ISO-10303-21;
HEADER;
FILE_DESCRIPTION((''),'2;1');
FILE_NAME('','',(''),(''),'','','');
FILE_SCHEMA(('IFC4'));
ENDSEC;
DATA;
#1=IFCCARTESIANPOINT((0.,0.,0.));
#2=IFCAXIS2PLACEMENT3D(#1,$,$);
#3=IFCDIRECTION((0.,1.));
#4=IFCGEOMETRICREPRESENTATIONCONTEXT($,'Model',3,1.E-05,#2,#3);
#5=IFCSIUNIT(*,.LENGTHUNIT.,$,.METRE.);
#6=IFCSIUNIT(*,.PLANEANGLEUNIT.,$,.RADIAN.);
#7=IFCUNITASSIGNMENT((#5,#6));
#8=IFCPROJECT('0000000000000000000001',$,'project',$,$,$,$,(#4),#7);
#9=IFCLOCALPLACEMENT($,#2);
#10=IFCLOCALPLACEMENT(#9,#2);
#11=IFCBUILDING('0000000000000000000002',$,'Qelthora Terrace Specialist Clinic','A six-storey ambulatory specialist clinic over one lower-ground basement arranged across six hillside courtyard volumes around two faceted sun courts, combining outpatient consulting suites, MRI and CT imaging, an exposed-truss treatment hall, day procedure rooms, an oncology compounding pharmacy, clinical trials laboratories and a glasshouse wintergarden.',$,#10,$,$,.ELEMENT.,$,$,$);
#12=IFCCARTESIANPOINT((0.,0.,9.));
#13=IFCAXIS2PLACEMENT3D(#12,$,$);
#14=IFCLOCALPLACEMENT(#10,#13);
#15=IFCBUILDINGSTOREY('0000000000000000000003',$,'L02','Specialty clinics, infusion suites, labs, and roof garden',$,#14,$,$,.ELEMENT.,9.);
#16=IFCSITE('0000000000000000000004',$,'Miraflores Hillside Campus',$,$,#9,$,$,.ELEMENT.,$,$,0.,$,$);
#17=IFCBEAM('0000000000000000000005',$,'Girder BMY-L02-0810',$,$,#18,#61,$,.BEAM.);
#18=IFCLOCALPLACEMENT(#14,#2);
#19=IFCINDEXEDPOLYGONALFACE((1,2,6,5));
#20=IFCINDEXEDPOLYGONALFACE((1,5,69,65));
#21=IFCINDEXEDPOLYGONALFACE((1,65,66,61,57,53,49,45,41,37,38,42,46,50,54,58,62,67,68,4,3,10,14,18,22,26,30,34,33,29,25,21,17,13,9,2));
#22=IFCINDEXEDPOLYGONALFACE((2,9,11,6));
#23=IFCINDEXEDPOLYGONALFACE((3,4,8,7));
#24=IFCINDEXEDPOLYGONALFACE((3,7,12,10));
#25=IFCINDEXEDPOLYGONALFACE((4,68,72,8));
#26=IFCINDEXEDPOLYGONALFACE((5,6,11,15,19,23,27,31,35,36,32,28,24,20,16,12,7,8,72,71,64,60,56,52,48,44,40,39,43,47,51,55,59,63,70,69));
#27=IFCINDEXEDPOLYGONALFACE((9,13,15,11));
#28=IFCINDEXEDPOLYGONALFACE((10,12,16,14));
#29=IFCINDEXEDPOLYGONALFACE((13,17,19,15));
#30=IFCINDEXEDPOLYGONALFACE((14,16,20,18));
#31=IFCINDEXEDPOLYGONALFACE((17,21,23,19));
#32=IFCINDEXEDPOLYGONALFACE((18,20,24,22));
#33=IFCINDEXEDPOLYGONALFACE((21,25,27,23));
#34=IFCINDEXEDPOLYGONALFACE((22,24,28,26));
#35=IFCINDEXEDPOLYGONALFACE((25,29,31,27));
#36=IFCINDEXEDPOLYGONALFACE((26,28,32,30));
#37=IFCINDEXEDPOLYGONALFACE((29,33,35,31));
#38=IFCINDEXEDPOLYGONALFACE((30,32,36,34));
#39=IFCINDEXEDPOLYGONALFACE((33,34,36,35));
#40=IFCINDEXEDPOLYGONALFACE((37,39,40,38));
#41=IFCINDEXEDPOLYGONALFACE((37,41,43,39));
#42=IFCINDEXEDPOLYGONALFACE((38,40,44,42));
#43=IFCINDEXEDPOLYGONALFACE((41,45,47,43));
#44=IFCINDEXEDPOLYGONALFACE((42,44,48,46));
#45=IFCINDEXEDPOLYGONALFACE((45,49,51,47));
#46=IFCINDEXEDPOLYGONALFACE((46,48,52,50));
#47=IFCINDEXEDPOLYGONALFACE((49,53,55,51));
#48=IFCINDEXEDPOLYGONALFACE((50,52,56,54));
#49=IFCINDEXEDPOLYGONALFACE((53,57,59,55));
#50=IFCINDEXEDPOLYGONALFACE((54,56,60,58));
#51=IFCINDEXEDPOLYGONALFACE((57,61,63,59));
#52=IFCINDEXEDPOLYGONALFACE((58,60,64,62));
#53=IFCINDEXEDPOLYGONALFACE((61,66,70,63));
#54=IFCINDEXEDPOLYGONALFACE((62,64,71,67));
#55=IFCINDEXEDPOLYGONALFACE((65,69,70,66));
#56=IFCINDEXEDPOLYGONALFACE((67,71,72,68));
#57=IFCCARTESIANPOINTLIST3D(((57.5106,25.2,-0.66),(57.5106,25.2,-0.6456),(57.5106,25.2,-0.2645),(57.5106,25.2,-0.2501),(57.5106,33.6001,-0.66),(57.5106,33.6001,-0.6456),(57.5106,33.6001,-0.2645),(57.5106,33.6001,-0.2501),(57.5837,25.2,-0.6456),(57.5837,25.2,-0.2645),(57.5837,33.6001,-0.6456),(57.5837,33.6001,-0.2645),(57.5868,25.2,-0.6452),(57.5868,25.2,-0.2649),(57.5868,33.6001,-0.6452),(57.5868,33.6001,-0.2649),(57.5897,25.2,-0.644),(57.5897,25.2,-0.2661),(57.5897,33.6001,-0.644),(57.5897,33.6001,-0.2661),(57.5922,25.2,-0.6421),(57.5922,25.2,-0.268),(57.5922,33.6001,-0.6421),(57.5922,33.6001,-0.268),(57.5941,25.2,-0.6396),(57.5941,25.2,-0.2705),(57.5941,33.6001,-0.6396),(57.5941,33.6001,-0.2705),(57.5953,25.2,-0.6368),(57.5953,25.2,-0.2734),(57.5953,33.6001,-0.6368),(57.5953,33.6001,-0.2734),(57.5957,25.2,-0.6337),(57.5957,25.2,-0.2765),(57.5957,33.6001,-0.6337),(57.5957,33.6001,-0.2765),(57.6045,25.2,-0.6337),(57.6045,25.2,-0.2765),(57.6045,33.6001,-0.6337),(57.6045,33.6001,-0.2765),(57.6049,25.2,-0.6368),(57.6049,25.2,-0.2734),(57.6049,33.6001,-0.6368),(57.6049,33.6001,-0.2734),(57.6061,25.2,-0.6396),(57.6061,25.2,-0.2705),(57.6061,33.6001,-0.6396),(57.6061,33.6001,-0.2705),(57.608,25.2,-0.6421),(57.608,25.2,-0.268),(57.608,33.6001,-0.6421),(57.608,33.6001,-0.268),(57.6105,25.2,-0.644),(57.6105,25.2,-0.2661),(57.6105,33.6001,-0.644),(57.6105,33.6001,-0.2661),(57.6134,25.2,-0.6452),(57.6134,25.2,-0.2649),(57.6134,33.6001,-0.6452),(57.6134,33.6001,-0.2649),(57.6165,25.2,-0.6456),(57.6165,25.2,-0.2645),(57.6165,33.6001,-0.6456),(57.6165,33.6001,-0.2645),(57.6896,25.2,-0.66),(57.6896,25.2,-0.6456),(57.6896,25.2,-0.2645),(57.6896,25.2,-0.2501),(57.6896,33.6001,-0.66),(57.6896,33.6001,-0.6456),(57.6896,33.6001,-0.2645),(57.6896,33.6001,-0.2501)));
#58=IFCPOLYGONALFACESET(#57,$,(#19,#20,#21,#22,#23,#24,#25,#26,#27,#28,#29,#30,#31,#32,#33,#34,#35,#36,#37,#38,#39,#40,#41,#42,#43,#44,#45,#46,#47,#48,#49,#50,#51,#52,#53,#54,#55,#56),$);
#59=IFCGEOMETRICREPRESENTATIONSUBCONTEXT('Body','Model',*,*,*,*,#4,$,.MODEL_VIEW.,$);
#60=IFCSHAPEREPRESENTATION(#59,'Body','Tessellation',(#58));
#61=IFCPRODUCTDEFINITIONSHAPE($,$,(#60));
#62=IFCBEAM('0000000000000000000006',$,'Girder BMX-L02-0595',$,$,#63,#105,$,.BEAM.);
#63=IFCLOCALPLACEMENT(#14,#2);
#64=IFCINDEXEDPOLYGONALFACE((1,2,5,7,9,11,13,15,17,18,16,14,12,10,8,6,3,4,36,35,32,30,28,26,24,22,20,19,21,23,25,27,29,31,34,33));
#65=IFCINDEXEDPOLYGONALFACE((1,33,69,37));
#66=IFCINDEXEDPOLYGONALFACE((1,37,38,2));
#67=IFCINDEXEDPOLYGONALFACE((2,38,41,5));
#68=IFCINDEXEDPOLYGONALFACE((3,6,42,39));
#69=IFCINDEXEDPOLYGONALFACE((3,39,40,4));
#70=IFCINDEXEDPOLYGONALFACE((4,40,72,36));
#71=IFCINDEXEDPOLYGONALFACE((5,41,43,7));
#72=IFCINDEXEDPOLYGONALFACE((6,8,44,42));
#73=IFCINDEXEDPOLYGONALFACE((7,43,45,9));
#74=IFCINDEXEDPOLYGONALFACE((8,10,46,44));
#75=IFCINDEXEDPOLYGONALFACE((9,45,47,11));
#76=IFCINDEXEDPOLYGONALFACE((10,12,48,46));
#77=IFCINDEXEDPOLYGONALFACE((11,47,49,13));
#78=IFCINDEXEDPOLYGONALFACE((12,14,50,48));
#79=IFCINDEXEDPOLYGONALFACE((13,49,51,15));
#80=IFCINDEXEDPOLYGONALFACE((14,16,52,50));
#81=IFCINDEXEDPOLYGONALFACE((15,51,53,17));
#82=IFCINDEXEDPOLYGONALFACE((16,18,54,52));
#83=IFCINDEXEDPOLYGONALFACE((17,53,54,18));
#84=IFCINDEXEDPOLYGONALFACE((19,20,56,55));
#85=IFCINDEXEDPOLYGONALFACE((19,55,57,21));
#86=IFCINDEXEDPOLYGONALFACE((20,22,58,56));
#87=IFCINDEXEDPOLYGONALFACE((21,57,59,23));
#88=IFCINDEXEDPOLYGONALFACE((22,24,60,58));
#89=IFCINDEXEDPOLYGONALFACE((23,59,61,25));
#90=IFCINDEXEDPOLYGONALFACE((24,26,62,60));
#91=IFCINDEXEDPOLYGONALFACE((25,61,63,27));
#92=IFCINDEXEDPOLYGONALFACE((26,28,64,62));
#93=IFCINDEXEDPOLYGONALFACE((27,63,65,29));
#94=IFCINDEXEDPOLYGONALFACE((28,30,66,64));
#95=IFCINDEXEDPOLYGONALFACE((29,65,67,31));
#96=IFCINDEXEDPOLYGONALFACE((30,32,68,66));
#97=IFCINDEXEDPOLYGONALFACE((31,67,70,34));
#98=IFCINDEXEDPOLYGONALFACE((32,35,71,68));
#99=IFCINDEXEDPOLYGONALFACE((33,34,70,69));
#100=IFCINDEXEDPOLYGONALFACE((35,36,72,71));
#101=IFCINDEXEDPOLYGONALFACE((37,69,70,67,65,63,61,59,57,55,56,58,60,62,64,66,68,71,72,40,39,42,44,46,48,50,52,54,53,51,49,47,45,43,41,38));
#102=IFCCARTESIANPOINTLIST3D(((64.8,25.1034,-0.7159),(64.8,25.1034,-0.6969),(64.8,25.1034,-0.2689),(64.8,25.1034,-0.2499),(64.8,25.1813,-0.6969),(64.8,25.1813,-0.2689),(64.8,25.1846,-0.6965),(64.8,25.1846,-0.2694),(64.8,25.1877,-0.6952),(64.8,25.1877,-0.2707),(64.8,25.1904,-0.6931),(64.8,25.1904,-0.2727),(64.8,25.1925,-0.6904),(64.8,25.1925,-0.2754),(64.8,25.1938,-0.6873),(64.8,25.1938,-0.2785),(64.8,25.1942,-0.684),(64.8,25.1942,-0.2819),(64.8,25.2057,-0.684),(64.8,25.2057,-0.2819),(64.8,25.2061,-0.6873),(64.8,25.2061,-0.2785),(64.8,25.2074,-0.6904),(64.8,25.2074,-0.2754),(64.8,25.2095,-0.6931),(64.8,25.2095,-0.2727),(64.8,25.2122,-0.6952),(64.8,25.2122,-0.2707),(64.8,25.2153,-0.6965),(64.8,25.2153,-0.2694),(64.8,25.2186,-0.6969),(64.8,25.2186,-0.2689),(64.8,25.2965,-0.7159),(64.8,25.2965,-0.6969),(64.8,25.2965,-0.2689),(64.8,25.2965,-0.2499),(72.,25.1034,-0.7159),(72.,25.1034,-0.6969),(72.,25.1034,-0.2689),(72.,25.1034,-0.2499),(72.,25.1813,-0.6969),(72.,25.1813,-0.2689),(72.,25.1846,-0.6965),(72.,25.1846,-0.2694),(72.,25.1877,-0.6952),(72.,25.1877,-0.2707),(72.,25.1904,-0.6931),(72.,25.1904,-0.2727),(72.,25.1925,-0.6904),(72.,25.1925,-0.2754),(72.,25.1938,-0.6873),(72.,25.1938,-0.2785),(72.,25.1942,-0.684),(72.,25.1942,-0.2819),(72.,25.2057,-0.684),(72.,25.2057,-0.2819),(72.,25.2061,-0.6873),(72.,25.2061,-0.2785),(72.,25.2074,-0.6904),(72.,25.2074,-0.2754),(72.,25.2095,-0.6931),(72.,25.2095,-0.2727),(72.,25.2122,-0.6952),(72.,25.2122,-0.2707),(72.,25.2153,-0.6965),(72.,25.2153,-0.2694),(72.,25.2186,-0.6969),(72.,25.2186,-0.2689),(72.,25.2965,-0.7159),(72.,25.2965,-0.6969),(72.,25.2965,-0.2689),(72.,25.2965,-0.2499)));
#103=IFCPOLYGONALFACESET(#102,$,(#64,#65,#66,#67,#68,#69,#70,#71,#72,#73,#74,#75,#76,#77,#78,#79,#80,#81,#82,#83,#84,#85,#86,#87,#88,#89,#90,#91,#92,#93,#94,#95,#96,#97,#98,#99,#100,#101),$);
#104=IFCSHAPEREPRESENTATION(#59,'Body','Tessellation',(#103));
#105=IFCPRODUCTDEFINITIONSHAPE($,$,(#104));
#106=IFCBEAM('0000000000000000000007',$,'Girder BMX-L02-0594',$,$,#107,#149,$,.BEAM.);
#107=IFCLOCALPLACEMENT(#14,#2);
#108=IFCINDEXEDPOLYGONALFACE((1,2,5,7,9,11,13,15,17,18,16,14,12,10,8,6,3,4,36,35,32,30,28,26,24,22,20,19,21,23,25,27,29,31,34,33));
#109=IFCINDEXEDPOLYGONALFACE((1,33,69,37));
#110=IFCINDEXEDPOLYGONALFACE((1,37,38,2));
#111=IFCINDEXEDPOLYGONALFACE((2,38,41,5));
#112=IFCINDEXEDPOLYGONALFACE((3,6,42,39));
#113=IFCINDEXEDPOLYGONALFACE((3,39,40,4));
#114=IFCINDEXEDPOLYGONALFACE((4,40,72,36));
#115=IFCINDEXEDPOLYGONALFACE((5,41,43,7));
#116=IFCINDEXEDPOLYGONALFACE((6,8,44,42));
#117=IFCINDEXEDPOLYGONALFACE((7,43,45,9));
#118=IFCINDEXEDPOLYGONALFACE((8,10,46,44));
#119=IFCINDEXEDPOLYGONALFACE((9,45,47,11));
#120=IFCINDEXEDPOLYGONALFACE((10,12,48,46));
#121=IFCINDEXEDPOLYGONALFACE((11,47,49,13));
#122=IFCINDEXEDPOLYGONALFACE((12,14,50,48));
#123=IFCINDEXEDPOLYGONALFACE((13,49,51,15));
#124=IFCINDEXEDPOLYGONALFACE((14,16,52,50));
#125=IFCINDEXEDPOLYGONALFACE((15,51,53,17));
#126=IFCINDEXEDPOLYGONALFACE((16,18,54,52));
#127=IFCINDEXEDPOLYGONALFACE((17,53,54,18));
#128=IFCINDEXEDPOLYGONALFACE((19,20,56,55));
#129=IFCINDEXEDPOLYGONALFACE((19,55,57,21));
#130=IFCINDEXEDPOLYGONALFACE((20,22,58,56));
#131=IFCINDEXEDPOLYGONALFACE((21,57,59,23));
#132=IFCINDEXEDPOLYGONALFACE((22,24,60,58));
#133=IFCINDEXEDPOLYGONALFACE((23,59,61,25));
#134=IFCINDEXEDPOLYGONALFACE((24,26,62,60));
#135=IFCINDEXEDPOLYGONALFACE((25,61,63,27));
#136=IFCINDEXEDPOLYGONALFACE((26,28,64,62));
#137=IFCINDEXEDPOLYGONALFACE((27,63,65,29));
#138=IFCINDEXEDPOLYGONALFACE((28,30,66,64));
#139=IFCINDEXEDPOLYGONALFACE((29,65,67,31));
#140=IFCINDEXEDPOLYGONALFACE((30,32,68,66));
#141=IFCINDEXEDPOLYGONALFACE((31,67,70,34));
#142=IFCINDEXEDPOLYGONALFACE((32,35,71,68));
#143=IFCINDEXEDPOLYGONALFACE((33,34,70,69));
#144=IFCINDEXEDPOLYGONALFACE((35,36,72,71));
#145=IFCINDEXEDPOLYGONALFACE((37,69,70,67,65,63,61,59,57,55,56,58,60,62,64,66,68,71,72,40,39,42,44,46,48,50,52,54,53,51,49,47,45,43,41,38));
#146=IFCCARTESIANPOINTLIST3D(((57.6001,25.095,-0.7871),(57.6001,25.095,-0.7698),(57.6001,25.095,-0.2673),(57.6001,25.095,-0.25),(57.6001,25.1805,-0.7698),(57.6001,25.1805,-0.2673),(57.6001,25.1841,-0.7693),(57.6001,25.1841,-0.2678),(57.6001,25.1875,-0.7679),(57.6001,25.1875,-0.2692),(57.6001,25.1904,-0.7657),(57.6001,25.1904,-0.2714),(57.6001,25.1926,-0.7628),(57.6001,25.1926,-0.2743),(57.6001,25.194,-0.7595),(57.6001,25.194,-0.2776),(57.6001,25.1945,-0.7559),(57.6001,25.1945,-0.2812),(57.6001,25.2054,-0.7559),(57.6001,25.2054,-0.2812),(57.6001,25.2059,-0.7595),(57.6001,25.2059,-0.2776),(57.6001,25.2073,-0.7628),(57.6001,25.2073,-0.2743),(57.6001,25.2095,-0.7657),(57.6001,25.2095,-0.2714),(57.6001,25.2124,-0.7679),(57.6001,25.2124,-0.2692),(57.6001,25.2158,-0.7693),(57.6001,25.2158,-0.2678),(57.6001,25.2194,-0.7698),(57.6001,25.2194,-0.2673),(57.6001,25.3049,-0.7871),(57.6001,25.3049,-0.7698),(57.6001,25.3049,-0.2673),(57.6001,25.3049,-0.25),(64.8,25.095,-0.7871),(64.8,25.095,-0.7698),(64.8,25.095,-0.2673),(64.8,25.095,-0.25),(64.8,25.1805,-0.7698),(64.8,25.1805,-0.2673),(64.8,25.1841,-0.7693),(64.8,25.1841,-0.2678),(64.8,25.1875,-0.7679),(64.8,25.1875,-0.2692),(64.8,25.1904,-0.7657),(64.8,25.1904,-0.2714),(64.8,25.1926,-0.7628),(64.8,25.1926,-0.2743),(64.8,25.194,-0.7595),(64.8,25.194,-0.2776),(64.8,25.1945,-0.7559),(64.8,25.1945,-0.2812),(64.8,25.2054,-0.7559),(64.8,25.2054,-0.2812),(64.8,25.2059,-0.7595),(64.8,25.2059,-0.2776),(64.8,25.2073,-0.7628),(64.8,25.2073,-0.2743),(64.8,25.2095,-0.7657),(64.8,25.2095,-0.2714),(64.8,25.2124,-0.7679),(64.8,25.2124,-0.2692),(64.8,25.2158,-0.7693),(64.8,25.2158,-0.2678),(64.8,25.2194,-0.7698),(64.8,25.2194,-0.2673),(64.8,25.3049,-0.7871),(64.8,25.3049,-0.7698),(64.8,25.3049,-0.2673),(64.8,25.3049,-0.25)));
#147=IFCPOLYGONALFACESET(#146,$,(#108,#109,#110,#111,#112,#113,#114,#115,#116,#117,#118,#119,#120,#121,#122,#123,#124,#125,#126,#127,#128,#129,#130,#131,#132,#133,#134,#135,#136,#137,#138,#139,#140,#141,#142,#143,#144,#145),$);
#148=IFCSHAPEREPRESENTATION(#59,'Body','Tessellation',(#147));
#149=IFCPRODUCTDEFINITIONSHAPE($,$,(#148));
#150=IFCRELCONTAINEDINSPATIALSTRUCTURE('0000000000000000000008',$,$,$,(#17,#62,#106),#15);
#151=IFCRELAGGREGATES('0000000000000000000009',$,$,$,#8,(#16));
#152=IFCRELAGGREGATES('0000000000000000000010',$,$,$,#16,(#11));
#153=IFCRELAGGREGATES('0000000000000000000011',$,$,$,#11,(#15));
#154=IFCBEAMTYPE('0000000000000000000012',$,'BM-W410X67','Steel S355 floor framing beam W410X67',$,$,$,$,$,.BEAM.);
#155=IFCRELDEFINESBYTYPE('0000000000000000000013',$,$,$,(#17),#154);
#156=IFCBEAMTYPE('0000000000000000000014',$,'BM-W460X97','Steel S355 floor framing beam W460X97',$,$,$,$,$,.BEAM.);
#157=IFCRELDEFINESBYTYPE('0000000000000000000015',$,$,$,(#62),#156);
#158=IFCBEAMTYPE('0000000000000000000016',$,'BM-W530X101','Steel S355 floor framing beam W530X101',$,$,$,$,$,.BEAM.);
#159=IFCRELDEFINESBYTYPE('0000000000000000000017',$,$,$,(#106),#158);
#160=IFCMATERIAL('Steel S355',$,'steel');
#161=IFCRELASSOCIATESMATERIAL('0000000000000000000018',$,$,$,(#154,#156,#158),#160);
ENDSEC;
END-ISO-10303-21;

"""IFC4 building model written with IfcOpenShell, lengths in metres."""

from ifc_helpers import new_model, si_unit, direction, frame, origin, origin_2d, place, context, subcontext, project, spatial, i_section, extrude, material, material_profile, profile_set, type_object, element, save


model = new_model("IFC4")

# Units and contexts
model_context = context("Model", 3, precision=1e-05, world=origin(), true_north=direction((0.0, 1.0)))
body_context = subcontext(model_context, "Body", "Model", "MODEL_VIEW")
ifc_project = project(units=[si_unit("LENGTHUNIT", "METRE"), si_unit("PLANEANGLEUNIT", "RADIAN")], contexts=[model_context])

# Site, building, storey
site_placement = place(None, origin())
site = spatial("IfcSite", under=ifc_project, at=site_placement, Name="Miraflores Hillside Campus", CompositionType="ELEMENT", RefElevation=0.0)
building_placement = place(site_placement, origin())
building = spatial("IfcBuilding", under=site, at=building_placement, Name="Qelthora Terrace Specialist Clinic", Description="A six-storey ambulatory specialist clinic over one lower-ground basement arranged across six hillside courtyard volumes around two faceted sun courts, combining outpatient consulting suites, MRI and CT imaging, an exposed-truss treatment hall, day procedure rooms, an oncology compounding pharmacy, clinical trials laboratories and a glasshouse wintergarden.", CompositionType="ELEMENT")
storey_placement = place(building_placement, frame((0.0, 0.0, 9.0)))
storey = spatial("IfcBuildingStorey", under=building, at=storey_placement, Name="L02", Description="Specialty clinics, infusion suites, labs, and roof garden", CompositionType="ELEMENT", Elevation=9.0)

# Beams
ifc_material_1 = material(Name="Steel S355", Category="steel")
ifc_material_profile_1 = material_profile(ifc_material_1, i_section(OverallWidth=0.179, OverallDepth=0.4099, WebThickness=0.0088, FlangeThickness=0.0144, FilletRadius=0.012, at=origin_2d()), Name="W410X67")
ifc_profile_set_1 = profile_set([ifc_material_profile_1], Name="Steel S355")
beam_type_1 = type_object("IfcBeamType", Name="BM-W410X67", Description="Steel S355 floor framing beam W410X67", PredefinedType="BEAM", material=ifc_profile_set_1)
beam_1_placement = place(storey_placement, frame((57.6001, 25.2, -0.4551), z_axis=(0.0, 1.0, 0.0), x_axis=(-1.0, 0.0, 0.0)))
element("IfcBeam", 1, at=beam_1_placement, inside=storey, type_object=beam_type_1, Name="Girder BMY-L02-0810", PredefinedType="BEAM", context=body_context, shape_type="SweptSolid", body=[
    extrude(i_section(OverallWidth=0.179, OverallDepth=0.4099, WebThickness=0.0088, FlangeThickness=0.0144, FilletRadius=0.012, at=origin_2d()), origin(), (0.0, 0.0, 1.0), 8.4001),
])
ifc_material_profile_2 = material_profile(ifc_material_1, i_section(OverallWidth=0.1931, OverallDepth=0.4661, WebThickness=0.0115, FlangeThickness=0.019, FilletRadius=0.0129, at=origin_2d()), Name="W460X97")
ifc_profile_set_2 = profile_set([ifc_material_profile_2], Name="Steel S355")
beam_type_2 = type_object("IfcBeamType", Name="BM-W460X97", Description="Steel S355 floor framing beam W460X97", PredefinedType="BEAM", material=ifc_profile_set_2)
beam_2_placement = place(storey_placement, frame((64.8, 25.2, -0.4829), z_axis=(1.0, 0.0, 0.0), x_axis=(0.0, 1.0, 0.0)))
element("IfcBeam", 2, at=beam_2_placement, inside=storey, type_object=beam_type_2, Name="Girder BMX-L02-0595", PredefinedType="BEAM", context=body_context, shape_type="SweptSolid", body=[
    extrude(i_section(OverallWidth=0.1931, OverallDepth=0.4661, WebThickness=0.0115, FlangeThickness=0.019, FilletRadius=0.0129, at=origin_2d()), origin(), (0.0, 0.0, 1.0), 7.2),
])
ifc_material_profile_3 = material_profile(ifc_material_1, i_section(OverallWidth=0.21, OverallDepth=0.5371, WebThickness=0.011, FlangeThickness=0.0173, FilletRadius=0.0139, at=origin_2d()), Name="W530X101")
ifc_profile_set_3 = profile_set([ifc_material_profile_3], Name="Steel S355")
beam_type_3 = type_object("IfcBeamType", Name="BM-W530X101", Description="Steel S355 floor framing beam W530X101", PredefinedType="BEAM", material=ifc_profile_set_3)
beam_3_placement = place(storey_placement, frame((57.6001, 25.2, -0.5186), z_axis=(1.0, 0.0, 0.0), x_axis=(0.0, 1.0, 0.0)))
element("IfcBeam", 3, at=beam_3_placement, inside=storey, type_object=beam_type_3, Name="Girder BMX-L02-0594", PredefinedType="BEAM", context=body_context, shape_type="SweptSolid", body=[
    extrude(i_section(OverallWidth=0.21, OverallDepth=0.5371, WebThickness=0.011, FlangeThickness=0.0173, FilletRadius=0.0139, at=origin_2d()), origin(), (0.0, 0.0, 1.0), 7.2),
])

save(model, "model.ifc")
